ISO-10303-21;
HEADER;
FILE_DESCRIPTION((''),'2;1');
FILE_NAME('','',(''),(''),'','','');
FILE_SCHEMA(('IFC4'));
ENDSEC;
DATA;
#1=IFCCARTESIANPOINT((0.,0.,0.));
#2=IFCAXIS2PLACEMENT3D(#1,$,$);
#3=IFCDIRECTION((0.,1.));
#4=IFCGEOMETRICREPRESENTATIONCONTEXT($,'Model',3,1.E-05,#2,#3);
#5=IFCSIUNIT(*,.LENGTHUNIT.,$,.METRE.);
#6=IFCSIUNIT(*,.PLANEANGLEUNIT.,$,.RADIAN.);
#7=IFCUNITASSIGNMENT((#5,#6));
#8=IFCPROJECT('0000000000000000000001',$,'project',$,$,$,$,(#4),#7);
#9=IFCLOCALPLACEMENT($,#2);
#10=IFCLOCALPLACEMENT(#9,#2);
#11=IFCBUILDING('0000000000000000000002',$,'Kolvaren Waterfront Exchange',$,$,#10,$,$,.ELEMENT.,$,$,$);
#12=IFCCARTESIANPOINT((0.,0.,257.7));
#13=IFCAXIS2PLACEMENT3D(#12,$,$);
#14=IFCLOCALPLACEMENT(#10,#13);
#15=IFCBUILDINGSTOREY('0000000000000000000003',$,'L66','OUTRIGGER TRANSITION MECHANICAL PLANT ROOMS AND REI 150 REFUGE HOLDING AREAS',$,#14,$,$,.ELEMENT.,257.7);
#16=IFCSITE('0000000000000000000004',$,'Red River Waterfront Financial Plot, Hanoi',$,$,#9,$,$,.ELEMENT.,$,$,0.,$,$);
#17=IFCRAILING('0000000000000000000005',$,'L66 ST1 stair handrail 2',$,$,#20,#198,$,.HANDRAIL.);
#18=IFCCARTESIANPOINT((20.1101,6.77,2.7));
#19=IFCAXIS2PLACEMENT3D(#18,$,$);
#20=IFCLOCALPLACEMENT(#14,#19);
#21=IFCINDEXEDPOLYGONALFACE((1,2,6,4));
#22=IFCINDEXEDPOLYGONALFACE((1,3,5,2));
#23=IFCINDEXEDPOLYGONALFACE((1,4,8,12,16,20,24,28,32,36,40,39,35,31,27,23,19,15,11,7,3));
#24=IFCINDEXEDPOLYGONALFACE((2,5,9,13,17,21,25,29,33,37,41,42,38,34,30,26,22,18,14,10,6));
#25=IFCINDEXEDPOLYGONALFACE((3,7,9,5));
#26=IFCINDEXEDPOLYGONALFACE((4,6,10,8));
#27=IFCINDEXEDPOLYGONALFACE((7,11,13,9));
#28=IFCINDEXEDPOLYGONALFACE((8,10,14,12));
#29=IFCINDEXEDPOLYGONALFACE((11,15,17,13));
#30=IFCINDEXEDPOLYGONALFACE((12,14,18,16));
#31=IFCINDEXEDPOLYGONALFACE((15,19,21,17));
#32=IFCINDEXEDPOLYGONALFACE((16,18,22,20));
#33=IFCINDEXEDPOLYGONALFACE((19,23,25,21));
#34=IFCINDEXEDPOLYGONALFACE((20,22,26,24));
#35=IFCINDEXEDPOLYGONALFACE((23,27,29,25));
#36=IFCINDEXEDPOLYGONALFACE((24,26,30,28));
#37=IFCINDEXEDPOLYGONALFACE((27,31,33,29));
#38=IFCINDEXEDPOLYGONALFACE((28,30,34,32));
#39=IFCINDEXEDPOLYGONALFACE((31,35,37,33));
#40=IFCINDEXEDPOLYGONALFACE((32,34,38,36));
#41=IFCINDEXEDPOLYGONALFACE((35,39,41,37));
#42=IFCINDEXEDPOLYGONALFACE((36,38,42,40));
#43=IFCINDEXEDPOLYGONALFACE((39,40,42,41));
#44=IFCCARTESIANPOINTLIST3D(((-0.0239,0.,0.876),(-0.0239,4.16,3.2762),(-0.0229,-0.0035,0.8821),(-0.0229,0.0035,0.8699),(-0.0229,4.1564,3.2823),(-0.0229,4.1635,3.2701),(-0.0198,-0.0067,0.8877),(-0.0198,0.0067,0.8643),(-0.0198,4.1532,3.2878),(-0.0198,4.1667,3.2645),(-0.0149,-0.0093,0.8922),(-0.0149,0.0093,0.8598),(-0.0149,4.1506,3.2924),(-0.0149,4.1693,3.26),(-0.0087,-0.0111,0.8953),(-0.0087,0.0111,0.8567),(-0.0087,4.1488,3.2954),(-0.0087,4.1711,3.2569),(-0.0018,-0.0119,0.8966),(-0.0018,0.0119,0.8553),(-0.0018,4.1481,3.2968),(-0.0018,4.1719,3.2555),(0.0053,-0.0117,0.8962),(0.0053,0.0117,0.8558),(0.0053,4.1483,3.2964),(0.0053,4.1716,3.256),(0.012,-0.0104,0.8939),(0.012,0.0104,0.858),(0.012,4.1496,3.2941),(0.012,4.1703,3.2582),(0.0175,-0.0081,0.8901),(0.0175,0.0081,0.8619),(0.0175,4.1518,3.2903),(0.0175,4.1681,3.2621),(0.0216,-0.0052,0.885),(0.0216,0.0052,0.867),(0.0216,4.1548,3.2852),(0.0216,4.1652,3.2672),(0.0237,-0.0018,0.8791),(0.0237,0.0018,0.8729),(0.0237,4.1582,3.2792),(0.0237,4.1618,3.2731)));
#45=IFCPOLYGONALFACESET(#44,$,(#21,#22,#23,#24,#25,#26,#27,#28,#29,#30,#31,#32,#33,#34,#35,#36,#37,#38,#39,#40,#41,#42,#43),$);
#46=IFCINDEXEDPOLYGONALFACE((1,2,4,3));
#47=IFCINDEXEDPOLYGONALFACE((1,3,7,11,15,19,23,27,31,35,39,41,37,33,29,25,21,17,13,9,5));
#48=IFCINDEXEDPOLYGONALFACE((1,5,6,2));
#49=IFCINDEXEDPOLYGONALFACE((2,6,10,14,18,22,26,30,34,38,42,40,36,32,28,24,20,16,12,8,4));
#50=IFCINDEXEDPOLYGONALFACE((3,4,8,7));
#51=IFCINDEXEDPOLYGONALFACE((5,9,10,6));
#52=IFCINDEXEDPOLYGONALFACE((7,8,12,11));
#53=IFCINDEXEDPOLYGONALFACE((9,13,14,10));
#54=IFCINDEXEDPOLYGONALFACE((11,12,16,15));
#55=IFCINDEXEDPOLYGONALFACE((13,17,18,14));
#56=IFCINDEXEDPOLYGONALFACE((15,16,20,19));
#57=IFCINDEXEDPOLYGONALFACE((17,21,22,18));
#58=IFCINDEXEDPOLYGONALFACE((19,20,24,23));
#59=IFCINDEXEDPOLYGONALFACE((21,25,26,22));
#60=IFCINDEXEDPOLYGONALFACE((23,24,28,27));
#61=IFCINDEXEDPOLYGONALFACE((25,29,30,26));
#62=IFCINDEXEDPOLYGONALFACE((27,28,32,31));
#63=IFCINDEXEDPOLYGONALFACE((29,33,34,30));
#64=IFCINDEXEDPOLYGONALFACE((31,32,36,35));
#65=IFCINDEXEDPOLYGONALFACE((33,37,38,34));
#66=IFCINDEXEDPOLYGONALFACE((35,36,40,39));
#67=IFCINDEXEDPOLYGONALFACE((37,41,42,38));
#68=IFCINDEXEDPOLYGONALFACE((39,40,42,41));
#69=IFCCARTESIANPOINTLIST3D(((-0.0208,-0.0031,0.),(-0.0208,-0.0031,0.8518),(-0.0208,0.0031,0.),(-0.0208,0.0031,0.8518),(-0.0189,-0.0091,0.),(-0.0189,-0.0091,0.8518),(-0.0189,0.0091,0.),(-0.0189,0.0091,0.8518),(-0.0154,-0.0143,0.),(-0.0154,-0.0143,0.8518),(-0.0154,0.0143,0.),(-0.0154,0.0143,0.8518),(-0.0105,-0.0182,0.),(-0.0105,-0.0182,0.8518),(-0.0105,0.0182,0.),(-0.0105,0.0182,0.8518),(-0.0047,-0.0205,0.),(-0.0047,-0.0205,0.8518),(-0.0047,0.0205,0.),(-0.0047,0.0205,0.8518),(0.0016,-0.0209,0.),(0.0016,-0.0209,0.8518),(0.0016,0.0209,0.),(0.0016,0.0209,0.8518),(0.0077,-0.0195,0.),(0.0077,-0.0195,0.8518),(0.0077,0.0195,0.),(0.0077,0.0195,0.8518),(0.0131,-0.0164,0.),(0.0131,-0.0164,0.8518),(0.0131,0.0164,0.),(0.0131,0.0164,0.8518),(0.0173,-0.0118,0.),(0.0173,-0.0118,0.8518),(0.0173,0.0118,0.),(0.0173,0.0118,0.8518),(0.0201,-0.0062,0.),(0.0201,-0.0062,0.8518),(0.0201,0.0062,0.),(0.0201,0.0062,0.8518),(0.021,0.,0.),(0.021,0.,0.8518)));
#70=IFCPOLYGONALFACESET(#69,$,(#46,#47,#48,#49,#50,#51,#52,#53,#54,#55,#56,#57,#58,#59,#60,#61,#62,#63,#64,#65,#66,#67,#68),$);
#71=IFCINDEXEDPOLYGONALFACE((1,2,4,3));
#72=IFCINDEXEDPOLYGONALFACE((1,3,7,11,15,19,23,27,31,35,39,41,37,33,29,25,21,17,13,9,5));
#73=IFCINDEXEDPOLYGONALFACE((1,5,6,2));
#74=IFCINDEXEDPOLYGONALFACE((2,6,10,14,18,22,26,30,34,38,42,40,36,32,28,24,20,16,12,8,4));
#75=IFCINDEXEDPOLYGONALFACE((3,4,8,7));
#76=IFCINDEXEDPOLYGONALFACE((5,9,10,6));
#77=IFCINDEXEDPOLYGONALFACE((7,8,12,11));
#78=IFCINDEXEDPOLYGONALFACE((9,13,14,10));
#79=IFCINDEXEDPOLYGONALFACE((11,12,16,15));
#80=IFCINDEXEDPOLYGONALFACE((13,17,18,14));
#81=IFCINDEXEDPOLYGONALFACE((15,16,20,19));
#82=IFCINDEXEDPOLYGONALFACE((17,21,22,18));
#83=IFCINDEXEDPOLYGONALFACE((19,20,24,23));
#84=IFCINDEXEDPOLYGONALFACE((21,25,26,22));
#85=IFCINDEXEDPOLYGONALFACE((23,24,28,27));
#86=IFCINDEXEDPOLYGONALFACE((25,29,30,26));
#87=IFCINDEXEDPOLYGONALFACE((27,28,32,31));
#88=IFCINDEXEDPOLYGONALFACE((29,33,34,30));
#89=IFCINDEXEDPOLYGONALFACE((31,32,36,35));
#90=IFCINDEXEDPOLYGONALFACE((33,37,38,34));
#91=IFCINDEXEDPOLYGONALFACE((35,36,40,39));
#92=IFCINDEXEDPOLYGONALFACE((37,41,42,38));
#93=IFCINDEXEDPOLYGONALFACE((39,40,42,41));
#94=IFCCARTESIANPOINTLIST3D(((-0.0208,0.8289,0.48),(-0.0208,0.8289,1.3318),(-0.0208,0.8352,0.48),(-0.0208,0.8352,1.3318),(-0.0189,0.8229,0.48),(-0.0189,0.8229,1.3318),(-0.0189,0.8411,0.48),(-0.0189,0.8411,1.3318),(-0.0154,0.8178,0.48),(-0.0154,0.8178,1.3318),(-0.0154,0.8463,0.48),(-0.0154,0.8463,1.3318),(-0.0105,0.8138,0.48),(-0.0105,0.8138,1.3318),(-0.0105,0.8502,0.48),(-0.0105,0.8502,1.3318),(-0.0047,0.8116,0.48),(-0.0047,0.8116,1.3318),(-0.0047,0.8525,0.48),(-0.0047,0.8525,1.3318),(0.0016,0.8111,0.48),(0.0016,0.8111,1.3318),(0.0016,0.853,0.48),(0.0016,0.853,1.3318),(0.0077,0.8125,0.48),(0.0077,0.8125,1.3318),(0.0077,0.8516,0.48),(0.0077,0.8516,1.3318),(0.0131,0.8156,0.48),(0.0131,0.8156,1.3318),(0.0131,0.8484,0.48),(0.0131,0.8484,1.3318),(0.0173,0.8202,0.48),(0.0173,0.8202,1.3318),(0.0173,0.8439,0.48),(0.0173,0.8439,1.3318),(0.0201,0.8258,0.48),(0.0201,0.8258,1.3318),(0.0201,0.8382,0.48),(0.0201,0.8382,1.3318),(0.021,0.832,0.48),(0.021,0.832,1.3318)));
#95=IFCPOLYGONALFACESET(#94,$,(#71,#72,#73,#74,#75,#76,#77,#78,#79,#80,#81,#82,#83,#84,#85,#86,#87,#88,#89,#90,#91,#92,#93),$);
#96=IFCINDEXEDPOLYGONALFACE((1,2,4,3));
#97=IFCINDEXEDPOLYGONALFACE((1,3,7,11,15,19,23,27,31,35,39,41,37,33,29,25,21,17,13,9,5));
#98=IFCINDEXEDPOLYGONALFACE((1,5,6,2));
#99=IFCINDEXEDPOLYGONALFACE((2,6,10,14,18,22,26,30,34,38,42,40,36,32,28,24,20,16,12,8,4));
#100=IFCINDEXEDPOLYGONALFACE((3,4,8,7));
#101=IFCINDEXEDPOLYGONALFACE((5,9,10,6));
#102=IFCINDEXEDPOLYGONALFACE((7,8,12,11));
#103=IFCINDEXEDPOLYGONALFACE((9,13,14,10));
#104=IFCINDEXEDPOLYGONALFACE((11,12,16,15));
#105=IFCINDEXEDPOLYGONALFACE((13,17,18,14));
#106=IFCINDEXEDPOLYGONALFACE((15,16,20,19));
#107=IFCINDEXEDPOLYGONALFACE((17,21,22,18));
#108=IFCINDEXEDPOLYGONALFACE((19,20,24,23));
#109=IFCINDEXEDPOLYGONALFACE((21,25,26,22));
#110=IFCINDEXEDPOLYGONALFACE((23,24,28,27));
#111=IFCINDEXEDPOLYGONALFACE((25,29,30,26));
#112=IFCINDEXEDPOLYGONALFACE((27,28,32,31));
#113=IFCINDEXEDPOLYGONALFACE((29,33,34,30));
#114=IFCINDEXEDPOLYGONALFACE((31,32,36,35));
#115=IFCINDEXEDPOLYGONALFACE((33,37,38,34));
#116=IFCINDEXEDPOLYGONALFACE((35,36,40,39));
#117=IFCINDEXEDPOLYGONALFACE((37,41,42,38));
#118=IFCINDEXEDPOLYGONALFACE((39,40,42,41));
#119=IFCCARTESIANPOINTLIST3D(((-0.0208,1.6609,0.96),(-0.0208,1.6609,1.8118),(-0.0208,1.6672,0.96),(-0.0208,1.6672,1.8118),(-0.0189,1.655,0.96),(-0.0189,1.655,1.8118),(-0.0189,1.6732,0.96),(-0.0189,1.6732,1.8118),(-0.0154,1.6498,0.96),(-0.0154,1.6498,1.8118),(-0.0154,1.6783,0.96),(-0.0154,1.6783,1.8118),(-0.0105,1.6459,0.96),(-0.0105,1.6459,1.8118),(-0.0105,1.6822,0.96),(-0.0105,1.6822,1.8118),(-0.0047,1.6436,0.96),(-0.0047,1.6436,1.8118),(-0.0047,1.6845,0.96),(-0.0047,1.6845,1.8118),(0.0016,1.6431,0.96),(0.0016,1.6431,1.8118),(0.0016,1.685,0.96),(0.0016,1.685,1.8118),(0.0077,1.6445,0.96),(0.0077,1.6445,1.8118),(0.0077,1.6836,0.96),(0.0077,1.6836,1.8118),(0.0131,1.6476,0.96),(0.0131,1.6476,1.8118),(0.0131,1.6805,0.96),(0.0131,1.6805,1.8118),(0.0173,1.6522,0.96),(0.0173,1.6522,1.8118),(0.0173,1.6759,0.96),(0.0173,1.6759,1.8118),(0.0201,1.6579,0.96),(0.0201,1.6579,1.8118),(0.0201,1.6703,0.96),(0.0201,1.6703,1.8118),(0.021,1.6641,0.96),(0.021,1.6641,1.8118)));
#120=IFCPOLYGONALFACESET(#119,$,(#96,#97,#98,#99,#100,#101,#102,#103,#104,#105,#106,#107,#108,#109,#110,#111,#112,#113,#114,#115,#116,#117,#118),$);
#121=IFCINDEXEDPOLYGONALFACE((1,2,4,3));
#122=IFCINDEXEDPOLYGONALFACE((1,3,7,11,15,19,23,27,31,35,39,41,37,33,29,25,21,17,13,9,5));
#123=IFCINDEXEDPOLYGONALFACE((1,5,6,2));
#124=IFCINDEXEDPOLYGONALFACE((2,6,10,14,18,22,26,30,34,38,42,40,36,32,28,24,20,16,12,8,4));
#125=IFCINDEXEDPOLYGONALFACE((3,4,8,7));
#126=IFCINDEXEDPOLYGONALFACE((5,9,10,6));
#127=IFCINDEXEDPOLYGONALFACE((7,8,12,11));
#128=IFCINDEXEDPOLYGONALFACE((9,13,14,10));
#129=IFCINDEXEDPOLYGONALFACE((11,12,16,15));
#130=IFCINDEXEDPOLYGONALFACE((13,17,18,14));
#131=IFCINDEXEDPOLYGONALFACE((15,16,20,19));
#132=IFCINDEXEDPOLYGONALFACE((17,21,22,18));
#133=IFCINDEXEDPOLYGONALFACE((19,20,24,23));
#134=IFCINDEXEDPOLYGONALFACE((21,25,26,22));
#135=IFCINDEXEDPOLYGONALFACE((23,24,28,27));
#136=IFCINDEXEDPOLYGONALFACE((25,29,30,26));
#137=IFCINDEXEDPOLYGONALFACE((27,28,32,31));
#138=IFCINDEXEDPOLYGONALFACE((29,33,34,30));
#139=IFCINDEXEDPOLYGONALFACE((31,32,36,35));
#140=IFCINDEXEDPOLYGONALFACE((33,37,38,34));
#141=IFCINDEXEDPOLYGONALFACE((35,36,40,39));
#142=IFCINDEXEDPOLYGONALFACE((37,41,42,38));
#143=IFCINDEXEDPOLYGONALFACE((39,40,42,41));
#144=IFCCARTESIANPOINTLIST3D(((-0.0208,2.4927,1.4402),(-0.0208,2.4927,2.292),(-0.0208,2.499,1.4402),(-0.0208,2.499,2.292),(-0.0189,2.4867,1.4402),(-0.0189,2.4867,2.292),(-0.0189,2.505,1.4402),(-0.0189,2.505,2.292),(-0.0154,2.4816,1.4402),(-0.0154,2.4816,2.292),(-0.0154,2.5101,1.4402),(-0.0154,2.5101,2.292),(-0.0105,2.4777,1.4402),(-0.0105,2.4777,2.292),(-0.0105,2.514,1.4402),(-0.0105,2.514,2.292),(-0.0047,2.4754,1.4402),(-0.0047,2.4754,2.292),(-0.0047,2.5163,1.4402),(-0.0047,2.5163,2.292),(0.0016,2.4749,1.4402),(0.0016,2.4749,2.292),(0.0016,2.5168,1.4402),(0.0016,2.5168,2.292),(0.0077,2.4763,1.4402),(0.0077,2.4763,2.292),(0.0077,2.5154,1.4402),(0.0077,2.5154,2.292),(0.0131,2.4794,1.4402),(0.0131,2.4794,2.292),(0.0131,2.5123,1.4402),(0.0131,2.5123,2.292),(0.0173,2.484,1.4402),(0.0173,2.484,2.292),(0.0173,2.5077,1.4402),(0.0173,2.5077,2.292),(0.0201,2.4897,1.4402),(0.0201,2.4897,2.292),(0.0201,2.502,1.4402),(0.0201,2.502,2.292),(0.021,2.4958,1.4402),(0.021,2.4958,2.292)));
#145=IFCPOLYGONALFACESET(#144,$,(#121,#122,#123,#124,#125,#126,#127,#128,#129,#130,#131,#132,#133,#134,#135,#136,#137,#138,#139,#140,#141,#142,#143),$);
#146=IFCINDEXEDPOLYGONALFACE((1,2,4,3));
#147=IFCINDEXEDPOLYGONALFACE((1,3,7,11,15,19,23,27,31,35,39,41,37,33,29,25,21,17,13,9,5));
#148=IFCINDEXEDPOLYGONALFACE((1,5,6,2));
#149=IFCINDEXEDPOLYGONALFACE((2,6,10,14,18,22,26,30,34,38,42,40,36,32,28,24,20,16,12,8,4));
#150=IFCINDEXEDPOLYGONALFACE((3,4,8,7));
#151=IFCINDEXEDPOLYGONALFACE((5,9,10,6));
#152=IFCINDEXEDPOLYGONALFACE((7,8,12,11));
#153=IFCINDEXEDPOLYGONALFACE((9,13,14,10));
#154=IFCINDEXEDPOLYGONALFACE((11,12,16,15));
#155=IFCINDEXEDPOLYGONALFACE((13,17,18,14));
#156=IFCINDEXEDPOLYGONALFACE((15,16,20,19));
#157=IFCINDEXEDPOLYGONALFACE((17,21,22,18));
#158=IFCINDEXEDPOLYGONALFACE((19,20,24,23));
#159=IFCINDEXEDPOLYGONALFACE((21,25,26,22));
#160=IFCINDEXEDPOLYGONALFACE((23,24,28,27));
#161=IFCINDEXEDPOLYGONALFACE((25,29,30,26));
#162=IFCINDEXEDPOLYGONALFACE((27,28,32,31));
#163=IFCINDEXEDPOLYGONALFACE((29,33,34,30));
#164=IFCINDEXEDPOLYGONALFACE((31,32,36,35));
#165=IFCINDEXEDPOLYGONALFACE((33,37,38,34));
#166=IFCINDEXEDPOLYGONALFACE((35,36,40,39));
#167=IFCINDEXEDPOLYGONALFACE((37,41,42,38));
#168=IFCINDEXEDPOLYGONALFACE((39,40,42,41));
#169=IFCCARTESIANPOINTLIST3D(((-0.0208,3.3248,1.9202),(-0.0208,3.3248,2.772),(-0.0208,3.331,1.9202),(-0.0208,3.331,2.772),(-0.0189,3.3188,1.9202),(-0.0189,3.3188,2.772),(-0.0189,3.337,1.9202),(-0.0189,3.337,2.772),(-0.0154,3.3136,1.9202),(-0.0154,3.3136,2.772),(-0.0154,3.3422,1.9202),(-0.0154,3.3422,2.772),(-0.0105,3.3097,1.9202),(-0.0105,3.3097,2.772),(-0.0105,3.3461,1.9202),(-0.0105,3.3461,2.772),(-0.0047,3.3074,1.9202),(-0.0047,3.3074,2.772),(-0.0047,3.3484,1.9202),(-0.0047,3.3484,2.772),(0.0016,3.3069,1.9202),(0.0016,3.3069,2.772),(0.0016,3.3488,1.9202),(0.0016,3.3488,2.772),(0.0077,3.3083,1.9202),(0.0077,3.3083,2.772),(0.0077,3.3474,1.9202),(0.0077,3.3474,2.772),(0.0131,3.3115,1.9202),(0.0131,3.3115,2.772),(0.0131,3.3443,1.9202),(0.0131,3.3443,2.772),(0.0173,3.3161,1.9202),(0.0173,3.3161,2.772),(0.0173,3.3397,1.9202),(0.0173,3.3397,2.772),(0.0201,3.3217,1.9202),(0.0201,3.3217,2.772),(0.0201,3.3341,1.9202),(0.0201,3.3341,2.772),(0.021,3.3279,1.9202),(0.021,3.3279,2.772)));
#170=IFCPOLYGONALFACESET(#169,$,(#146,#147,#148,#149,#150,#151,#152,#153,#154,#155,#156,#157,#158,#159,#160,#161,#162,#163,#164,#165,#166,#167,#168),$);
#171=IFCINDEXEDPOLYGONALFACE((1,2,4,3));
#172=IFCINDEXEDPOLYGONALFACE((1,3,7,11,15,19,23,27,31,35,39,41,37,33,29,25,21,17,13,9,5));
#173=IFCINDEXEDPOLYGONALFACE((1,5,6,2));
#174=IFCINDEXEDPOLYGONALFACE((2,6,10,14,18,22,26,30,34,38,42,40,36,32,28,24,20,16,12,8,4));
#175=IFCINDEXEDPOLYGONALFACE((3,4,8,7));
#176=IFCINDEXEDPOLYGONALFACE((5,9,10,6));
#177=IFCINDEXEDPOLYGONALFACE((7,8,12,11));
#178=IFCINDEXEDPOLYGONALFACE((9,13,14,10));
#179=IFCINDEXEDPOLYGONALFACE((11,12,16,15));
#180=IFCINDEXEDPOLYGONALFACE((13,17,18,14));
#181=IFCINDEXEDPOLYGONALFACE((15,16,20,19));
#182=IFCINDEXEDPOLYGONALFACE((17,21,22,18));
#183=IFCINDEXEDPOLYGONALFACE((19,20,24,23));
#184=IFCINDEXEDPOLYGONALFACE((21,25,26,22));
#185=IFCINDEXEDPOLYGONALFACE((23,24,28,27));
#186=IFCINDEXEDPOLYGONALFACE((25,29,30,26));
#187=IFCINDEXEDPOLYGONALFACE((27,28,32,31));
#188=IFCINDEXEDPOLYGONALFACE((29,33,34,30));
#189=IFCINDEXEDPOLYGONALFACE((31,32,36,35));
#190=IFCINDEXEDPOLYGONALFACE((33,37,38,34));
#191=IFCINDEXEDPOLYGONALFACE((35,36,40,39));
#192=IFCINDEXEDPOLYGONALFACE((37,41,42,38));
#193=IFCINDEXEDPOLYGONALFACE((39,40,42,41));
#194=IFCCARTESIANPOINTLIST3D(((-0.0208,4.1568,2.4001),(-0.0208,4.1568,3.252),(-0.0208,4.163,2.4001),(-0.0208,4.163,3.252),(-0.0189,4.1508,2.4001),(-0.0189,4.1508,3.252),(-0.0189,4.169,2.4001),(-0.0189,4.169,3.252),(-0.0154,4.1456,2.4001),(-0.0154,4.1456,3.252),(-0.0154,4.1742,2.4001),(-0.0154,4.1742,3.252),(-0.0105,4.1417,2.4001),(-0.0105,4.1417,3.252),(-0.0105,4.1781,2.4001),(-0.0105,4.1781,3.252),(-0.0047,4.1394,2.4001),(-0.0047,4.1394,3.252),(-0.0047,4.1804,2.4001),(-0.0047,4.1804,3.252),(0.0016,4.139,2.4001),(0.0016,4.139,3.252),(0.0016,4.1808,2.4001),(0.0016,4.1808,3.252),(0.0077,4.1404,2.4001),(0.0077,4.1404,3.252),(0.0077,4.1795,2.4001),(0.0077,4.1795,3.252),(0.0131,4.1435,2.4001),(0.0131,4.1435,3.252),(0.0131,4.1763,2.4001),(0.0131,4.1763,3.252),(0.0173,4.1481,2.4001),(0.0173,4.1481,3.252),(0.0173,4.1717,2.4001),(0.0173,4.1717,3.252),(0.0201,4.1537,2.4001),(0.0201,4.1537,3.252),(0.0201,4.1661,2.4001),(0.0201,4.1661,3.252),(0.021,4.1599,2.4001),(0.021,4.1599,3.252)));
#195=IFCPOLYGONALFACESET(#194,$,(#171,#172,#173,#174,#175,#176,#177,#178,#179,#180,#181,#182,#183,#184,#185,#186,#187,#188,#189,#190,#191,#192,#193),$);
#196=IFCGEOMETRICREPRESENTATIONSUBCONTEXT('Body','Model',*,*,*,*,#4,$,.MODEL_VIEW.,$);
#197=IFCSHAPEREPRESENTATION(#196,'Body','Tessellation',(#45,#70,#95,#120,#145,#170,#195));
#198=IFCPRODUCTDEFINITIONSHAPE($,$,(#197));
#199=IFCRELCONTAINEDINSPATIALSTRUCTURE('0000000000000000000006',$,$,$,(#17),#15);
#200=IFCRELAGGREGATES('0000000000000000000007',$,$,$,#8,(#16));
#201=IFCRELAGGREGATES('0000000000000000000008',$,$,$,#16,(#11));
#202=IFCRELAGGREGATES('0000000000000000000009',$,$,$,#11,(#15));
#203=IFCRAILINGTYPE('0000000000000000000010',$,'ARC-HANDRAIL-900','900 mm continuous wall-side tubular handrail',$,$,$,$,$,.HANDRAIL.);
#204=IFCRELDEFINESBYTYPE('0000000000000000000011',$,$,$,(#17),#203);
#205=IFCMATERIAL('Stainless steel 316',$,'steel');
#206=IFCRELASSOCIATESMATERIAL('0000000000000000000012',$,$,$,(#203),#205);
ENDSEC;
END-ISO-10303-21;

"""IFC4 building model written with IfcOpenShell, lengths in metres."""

from ifc_helpers import new_model, si_unit, direction, frame, origin, origin_2d, place, context, subcontext, project, spatial, circle, extrude, material, type_object, element, save


model = new_model("IFC4")

# Units and contexts
model_context = context("Model", 3, precision=1e-05, world=origin(), true_north=direction((0.0, 1.0)))
body_context = subcontext(model_context, "Body", "Model", "MODEL_VIEW")
ifc_project = project(units=[si_unit("LENGTHUNIT", "METRE"), si_unit("PLANEANGLEUNIT", "RADIAN")], contexts=[model_context])

# Site, building, storey
site_placement = place(None, origin())
site = spatial("IfcSite", under=ifc_project, at=site_placement, Name="Red River Waterfront Financial Plot, Hanoi", CompositionType="ELEMENT", RefElevation=0.0)
building_placement = place(site_placement, origin())
building = spatial("IfcBuilding", under=site, at=building_placement, Name="Kolvaren Waterfront Exchange", CompositionType="ELEMENT")
storey_placement = place(building_placement, frame((0.0, 0.0, 257.7)))
storey = spatial("IfcBuildingStorey", under=building, at=storey_placement, Name="L66", Description="OUTRIGGER TRANSITION MECHANICAL PLANT ROOMS AND REI 150 REFUGE HOLDING AREAS", CompositionType="ELEMENT", Elevation=257.7)

# Railing
ifc_material_1 = material(Name="Stainless steel 316", Category="steel")
railing_type = type_object("IfcRailingType", Name="ARC-HANDRAIL-900", Description="900 mm continuous wall-side tubular handrail", PredefinedType="HANDRAIL", material=ifc_material_1)
railing_1_placement = place(storey_placement, frame((20.1101, 6.77, 2.7)))
element("IfcRailing", 1, at=railing_1_placement, inside=storey, type_object=railing_type, Name="L66 ST1 stair handrail 2", PredefinedType="HANDRAIL", context=body_context, shape_type="SweptSolid", body=[
    extrude(circle(Radius=0.0239, at=origin_2d()), frame((0.0, 0.0, 0.876), z_axis=(0.0, 0.866168, 0.499753), x_axis=(-1.0, 0.0, 0.0)), (0.0, 0.0, 1.0), 4.8027),
    extrude(circle(Radius=0.021, at=origin_2d()), origin(), (0.0, 0.0, 1.0), 0.8518),
    extrude(circle(Radius=0.021, at=origin_2d()), frame((0.0, 0.832, 0.48)), (0.0, 0.0, 1.0), 0.8518),
    extrude(circle(Radius=0.021, at=origin_2d()), frame((0.0, 1.6641, 0.96)), (0.0, 0.0, 1.0), 0.8518),
    extrude(circle(Radius=0.021, at=origin_2d()), frame((0.0, 2.4958, 1.4402)), (0.0, 0.0, 1.0), 0.8518),
    extrude(circle(Radius=0.021, at=origin_2d()), frame((0.0, 3.3279, 1.9202)), (0.0, 0.0, 1.0), 0.8518),
    extrude(circle(Radius=0.021, at=origin_2d()), frame((0.0, 4.1599, 2.4001)), (0.0, 0.0, 1.0), 0.8518),
])

save(model, "model.ifc")
